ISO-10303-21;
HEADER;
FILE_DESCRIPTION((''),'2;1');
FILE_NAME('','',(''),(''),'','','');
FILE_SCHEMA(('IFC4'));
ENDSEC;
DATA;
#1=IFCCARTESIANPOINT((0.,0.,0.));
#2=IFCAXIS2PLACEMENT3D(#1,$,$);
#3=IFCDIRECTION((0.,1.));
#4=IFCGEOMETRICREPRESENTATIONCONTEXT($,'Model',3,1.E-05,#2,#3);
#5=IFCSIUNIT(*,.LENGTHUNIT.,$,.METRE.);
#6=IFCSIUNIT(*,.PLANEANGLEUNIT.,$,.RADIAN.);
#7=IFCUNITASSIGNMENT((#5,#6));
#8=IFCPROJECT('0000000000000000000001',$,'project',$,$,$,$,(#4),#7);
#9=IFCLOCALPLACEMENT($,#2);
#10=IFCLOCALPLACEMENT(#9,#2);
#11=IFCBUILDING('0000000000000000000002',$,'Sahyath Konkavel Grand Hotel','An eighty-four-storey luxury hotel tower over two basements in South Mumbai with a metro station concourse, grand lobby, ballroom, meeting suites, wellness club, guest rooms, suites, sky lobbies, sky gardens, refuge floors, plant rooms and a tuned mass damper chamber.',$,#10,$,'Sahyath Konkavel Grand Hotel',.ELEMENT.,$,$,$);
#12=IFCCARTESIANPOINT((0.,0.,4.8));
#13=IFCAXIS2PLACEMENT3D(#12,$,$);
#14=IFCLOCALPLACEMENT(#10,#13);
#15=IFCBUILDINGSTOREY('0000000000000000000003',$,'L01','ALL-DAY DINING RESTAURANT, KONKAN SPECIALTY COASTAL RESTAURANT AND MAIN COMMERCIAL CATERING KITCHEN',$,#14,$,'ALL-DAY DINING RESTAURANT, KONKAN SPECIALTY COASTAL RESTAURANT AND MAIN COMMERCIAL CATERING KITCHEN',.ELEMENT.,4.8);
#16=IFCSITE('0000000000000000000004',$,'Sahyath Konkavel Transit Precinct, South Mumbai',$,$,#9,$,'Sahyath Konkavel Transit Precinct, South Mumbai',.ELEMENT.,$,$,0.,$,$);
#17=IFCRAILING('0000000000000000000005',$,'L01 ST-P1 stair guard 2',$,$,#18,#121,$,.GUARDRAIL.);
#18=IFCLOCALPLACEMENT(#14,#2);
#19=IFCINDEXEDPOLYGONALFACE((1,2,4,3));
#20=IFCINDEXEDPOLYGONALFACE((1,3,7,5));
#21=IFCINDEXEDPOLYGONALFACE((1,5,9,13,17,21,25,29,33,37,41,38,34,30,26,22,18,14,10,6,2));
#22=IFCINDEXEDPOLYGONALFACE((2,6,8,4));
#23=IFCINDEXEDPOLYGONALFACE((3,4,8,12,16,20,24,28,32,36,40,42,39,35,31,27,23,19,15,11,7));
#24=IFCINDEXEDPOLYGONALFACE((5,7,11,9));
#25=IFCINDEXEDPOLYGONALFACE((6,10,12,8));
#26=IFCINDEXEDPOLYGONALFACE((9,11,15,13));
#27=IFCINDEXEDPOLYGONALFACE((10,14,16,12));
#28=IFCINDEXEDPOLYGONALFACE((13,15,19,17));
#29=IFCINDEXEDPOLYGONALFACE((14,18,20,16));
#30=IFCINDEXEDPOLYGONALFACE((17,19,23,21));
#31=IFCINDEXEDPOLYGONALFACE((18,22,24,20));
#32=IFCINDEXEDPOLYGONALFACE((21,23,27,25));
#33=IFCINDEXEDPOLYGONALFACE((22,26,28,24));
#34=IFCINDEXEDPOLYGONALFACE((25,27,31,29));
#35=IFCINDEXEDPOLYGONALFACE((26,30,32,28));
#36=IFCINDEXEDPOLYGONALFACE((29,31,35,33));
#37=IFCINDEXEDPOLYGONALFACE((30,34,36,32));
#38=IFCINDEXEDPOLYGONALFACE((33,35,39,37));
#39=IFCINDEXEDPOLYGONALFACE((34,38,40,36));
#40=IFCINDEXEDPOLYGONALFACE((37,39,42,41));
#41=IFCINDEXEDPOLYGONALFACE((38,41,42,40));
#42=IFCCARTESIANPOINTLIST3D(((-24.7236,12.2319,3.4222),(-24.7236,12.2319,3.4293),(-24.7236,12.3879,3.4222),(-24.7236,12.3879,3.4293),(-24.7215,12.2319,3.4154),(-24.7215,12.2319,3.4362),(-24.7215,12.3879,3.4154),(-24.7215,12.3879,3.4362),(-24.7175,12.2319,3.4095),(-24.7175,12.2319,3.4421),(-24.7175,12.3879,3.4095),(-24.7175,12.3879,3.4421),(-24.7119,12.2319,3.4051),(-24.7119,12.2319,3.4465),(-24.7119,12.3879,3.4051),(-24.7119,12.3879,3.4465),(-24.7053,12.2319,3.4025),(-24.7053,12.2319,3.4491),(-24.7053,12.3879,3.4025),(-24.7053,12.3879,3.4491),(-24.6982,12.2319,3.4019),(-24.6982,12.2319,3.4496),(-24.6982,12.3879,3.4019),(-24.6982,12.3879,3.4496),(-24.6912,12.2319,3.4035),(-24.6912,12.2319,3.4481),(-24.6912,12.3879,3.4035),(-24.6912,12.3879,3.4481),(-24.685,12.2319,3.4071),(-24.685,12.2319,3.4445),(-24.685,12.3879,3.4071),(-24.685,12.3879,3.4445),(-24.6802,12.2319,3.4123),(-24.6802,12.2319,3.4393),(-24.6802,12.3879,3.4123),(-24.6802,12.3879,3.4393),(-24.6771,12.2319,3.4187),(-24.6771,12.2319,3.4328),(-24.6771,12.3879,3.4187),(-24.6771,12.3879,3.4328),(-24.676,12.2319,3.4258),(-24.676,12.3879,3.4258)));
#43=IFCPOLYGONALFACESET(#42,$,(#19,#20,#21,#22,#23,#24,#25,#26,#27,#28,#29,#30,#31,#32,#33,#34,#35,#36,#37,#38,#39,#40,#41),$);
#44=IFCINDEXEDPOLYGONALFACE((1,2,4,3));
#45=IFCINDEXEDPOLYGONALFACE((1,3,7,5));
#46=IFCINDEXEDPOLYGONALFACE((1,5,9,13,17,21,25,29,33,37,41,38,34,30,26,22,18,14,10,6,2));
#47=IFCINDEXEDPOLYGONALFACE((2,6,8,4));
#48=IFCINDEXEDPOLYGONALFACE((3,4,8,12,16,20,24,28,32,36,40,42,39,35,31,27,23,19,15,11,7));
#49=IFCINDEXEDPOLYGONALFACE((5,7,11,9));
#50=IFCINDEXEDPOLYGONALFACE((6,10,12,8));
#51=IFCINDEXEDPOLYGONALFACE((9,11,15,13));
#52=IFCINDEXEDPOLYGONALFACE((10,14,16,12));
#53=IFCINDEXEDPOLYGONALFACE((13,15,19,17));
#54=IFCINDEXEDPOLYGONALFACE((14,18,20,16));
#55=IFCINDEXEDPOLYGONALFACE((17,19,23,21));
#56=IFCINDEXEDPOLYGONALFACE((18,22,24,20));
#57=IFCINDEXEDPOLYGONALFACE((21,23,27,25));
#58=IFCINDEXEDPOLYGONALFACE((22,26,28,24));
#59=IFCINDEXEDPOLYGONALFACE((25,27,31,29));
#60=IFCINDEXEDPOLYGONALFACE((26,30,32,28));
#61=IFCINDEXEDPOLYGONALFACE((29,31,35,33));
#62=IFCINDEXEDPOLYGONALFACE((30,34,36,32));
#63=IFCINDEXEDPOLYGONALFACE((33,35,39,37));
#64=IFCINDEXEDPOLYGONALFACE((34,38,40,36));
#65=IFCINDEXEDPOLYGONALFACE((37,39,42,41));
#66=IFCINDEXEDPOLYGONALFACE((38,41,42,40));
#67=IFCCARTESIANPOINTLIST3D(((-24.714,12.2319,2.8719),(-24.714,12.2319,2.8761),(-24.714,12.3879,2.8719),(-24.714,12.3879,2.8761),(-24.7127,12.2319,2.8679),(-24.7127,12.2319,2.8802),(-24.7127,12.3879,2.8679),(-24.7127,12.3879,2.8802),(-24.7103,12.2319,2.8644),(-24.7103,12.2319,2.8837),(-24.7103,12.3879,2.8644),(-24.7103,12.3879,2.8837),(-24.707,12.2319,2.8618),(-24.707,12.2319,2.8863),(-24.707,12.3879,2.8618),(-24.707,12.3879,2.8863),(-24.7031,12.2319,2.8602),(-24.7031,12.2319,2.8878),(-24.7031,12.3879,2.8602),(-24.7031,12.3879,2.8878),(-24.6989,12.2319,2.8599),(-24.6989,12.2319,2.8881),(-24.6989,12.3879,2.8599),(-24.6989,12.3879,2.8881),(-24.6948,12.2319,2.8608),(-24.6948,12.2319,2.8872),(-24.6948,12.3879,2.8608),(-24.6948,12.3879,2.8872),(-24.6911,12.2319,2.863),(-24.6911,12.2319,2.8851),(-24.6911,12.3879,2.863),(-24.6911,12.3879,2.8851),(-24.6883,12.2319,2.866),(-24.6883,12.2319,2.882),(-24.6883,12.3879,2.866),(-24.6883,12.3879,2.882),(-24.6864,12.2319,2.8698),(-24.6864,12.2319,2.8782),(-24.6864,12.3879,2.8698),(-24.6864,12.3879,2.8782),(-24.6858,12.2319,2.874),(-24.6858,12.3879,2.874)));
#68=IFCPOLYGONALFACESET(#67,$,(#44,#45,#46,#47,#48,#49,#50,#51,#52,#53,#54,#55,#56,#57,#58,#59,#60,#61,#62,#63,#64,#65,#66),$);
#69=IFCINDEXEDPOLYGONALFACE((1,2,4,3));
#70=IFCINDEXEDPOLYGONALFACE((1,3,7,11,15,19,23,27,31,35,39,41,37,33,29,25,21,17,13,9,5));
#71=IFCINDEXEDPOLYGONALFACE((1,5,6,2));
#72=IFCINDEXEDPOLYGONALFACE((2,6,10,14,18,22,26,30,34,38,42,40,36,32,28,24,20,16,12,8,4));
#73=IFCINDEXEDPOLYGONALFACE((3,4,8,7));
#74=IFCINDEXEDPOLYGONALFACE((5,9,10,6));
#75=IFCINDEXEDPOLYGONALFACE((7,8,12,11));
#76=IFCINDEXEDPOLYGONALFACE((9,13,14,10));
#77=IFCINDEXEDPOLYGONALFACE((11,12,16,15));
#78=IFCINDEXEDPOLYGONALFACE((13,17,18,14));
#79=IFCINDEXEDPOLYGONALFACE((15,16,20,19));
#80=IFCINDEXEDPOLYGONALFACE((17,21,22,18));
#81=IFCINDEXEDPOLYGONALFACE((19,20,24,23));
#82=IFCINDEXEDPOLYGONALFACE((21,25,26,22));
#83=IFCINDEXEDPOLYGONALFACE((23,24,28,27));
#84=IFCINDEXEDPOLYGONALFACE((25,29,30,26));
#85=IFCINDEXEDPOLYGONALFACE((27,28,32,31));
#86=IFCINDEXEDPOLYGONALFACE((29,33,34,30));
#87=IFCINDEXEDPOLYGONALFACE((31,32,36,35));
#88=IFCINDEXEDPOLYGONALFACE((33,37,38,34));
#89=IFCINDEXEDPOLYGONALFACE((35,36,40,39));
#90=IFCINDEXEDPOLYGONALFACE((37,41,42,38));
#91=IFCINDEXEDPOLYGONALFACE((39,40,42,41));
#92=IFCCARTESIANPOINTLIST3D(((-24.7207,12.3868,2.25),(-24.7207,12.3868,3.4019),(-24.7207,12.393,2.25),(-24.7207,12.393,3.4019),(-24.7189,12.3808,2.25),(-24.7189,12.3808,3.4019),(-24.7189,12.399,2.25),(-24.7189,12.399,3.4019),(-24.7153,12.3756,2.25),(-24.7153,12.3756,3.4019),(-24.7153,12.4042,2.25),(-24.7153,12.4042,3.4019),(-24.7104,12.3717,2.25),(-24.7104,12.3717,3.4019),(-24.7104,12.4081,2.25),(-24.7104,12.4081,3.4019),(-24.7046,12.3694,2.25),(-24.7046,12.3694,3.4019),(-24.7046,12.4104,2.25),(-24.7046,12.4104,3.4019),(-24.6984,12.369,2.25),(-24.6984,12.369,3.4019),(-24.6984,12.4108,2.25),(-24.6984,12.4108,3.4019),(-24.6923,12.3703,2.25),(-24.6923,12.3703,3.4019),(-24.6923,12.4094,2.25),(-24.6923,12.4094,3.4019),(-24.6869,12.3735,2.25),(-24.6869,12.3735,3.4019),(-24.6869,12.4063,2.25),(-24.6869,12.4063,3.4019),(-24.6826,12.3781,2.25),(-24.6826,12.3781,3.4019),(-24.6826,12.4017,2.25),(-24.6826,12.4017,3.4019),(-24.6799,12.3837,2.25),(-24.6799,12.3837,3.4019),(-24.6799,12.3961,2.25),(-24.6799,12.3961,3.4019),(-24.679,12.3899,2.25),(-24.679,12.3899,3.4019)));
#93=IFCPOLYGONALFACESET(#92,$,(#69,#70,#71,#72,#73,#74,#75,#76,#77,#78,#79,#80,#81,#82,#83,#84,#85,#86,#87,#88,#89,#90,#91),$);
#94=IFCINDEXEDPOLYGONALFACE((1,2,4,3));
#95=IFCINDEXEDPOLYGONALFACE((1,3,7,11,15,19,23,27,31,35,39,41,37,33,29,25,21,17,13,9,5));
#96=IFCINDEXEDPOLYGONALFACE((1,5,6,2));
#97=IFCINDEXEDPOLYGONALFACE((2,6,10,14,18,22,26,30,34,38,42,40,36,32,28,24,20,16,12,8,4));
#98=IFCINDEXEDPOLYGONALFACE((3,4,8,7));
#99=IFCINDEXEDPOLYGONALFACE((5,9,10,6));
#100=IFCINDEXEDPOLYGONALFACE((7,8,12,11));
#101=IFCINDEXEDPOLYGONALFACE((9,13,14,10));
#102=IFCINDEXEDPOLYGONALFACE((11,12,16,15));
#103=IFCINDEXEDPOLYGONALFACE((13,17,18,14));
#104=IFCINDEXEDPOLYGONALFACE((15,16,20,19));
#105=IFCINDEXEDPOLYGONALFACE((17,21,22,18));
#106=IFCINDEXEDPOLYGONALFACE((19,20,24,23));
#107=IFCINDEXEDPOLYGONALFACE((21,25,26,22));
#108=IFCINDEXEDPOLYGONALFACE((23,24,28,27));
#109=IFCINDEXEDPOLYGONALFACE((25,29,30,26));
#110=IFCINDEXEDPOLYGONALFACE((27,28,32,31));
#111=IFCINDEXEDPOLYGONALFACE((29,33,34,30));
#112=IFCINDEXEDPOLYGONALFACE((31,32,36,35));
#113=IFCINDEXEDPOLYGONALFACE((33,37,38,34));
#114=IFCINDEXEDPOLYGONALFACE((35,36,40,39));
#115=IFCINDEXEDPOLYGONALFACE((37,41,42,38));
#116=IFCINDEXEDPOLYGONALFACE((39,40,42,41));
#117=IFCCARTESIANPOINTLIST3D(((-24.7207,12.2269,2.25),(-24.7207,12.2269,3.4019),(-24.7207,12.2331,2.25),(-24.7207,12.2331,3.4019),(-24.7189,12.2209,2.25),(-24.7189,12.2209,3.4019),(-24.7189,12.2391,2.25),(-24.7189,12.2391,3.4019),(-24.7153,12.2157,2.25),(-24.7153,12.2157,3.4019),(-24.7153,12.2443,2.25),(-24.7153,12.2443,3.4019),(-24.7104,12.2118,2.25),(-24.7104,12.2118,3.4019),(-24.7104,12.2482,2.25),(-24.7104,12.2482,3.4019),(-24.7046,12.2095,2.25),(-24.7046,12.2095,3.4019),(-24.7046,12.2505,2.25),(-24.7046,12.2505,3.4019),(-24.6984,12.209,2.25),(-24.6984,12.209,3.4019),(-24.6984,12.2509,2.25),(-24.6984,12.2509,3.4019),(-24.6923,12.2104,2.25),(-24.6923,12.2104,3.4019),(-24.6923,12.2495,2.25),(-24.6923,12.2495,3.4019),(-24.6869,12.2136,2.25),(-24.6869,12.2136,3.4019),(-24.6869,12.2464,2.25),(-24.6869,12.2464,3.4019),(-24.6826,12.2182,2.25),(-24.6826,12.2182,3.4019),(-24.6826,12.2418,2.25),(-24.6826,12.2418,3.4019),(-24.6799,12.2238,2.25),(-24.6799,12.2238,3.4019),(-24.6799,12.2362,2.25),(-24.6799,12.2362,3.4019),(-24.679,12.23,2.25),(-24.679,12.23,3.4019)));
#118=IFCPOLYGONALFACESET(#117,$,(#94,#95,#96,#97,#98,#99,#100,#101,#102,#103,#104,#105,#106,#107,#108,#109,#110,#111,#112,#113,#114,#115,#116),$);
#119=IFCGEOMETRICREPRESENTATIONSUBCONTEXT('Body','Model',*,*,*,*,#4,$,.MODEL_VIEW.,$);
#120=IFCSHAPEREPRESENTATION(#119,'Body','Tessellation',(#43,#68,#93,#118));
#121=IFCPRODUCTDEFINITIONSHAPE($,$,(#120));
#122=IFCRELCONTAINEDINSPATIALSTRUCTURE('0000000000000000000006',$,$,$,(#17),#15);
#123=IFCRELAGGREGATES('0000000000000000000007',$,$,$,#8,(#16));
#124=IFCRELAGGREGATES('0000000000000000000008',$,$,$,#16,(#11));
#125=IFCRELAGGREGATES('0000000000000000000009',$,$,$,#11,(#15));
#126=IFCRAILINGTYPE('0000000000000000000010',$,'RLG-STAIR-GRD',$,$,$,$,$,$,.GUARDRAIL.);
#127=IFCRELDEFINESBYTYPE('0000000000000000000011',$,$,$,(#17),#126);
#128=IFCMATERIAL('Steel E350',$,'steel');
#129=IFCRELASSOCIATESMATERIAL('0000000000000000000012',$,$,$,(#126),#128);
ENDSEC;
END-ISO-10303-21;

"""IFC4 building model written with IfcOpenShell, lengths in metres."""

from ifc_helpers import new_model, si_unit, direction, frame, origin, origin_2d, place, context, subcontext, project, spatial, circle, extrude, material, type_object, element, save


model = new_model("IFC4")

# Units and contexts
model_context = context("Model", 3, precision=1e-05, world=origin(), true_north=direction((0.0, 1.0)))
body_context = subcontext(model_context, "Body", "Model", "MODEL_VIEW")
ifc_project = project(units=[si_unit("LENGTHUNIT", "METRE"), si_unit("PLANEANGLEUNIT", "RADIAN")], contexts=[model_context])

# Site, building, storey
site_placement = place(None, origin())
site = spatial("IfcSite", under=ifc_project, at=site_placement, Name="Sahyath Konkavel Transit Precinct, South Mumbai", LongName="Sahyath Konkavel Transit Precinct, South Mumbai", CompositionType="ELEMENT", RefElevation=0.0)
building_placement = place(site_placement, origin())
building = spatial("IfcBuilding", under=site, at=building_placement, Name="Sahyath Konkavel Grand Hotel", Description="An eighty-four-storey luxury hotel tower over two basements in South Mumbai with a metro station concourse, grand lobby, ballroom, meeting suites, wellness club, guest rooms, suites, sky lobbies, sky gardens, refuge floors, plant rooms and a tuned mass damper chamber.", LongName="Sahyath Konkavel Grand Hotel", CompositionType="ELEMENT")
storey_placement = place(building_placement, frame((0.0, 0.0, 4.8)))
storey = spatial("IfcBuildingStorey", under=building, at=storey_placement, Name="L01", Description="ALL-DAY DINING RESTAURANT, KONKAN SPECIALTY COASTAL RESTAURANT AND MAIN COMMERCIAL CATERING KITCHEN", LongName="ALL-DAY DINING RESTAURANT, KONKAN SPECIALTY COASTAL RESTAURANT AND MAIN COMMERCIAL CATERING KITCHEN", CompositionType="ELEMENT", Elevation=4.8)

# Shared definitions
ifc_material_1 = material(Name="Steel E350", Category="steel")

# Railing
railing_type_1 = type_object("IfcRailingType", Name="RLG-STAIR-GRD", PredefinedType="GUARDRAIL", material=ifc_material_1)
railing_1_placement = place(storey_placement, frame((-24.7, 12.3899, 2.25)))
element("IfcRailing", 1, at=railing_1_placement, inside=storey, type_object=railing_type_1, Name="L01 ST-P1 stair guard 2", PredefinedType="GUARDRAIL", context=body_context, shape_type="SweptSolid", body=[
    extrude(circle(Radius=0.0239, at=origin_2d()), frame((0.0, -0.002, 1.1758), z_axis=(0.0, -1.0, 0.0), x_axis=(1.0, 0.0, 0.0)), (0.0, 0.0, 1.0), 0.156),
    extrude(circle(Radius=0.0142, at=origin_2d()), frame((0.0, -0.002, 0.624), z_axis=(0.0, -1.0, 0.0), x_axis=(1.0, 0.0, 0.0)), (0.0, 0.0, 1.0), 0.156),
    extrude(circle(Radius=0.021, at=origin_2d()), origin(), (0.0, 0.0, 1.0), 1.1519),
    extrude(circle(Radius=0.021, at=origin_2d()), frame((0.0, -0.1599, 0.0)), (0.0, 0.0, 1.0), 1.1519),
])

save(model, "model.ifc")
